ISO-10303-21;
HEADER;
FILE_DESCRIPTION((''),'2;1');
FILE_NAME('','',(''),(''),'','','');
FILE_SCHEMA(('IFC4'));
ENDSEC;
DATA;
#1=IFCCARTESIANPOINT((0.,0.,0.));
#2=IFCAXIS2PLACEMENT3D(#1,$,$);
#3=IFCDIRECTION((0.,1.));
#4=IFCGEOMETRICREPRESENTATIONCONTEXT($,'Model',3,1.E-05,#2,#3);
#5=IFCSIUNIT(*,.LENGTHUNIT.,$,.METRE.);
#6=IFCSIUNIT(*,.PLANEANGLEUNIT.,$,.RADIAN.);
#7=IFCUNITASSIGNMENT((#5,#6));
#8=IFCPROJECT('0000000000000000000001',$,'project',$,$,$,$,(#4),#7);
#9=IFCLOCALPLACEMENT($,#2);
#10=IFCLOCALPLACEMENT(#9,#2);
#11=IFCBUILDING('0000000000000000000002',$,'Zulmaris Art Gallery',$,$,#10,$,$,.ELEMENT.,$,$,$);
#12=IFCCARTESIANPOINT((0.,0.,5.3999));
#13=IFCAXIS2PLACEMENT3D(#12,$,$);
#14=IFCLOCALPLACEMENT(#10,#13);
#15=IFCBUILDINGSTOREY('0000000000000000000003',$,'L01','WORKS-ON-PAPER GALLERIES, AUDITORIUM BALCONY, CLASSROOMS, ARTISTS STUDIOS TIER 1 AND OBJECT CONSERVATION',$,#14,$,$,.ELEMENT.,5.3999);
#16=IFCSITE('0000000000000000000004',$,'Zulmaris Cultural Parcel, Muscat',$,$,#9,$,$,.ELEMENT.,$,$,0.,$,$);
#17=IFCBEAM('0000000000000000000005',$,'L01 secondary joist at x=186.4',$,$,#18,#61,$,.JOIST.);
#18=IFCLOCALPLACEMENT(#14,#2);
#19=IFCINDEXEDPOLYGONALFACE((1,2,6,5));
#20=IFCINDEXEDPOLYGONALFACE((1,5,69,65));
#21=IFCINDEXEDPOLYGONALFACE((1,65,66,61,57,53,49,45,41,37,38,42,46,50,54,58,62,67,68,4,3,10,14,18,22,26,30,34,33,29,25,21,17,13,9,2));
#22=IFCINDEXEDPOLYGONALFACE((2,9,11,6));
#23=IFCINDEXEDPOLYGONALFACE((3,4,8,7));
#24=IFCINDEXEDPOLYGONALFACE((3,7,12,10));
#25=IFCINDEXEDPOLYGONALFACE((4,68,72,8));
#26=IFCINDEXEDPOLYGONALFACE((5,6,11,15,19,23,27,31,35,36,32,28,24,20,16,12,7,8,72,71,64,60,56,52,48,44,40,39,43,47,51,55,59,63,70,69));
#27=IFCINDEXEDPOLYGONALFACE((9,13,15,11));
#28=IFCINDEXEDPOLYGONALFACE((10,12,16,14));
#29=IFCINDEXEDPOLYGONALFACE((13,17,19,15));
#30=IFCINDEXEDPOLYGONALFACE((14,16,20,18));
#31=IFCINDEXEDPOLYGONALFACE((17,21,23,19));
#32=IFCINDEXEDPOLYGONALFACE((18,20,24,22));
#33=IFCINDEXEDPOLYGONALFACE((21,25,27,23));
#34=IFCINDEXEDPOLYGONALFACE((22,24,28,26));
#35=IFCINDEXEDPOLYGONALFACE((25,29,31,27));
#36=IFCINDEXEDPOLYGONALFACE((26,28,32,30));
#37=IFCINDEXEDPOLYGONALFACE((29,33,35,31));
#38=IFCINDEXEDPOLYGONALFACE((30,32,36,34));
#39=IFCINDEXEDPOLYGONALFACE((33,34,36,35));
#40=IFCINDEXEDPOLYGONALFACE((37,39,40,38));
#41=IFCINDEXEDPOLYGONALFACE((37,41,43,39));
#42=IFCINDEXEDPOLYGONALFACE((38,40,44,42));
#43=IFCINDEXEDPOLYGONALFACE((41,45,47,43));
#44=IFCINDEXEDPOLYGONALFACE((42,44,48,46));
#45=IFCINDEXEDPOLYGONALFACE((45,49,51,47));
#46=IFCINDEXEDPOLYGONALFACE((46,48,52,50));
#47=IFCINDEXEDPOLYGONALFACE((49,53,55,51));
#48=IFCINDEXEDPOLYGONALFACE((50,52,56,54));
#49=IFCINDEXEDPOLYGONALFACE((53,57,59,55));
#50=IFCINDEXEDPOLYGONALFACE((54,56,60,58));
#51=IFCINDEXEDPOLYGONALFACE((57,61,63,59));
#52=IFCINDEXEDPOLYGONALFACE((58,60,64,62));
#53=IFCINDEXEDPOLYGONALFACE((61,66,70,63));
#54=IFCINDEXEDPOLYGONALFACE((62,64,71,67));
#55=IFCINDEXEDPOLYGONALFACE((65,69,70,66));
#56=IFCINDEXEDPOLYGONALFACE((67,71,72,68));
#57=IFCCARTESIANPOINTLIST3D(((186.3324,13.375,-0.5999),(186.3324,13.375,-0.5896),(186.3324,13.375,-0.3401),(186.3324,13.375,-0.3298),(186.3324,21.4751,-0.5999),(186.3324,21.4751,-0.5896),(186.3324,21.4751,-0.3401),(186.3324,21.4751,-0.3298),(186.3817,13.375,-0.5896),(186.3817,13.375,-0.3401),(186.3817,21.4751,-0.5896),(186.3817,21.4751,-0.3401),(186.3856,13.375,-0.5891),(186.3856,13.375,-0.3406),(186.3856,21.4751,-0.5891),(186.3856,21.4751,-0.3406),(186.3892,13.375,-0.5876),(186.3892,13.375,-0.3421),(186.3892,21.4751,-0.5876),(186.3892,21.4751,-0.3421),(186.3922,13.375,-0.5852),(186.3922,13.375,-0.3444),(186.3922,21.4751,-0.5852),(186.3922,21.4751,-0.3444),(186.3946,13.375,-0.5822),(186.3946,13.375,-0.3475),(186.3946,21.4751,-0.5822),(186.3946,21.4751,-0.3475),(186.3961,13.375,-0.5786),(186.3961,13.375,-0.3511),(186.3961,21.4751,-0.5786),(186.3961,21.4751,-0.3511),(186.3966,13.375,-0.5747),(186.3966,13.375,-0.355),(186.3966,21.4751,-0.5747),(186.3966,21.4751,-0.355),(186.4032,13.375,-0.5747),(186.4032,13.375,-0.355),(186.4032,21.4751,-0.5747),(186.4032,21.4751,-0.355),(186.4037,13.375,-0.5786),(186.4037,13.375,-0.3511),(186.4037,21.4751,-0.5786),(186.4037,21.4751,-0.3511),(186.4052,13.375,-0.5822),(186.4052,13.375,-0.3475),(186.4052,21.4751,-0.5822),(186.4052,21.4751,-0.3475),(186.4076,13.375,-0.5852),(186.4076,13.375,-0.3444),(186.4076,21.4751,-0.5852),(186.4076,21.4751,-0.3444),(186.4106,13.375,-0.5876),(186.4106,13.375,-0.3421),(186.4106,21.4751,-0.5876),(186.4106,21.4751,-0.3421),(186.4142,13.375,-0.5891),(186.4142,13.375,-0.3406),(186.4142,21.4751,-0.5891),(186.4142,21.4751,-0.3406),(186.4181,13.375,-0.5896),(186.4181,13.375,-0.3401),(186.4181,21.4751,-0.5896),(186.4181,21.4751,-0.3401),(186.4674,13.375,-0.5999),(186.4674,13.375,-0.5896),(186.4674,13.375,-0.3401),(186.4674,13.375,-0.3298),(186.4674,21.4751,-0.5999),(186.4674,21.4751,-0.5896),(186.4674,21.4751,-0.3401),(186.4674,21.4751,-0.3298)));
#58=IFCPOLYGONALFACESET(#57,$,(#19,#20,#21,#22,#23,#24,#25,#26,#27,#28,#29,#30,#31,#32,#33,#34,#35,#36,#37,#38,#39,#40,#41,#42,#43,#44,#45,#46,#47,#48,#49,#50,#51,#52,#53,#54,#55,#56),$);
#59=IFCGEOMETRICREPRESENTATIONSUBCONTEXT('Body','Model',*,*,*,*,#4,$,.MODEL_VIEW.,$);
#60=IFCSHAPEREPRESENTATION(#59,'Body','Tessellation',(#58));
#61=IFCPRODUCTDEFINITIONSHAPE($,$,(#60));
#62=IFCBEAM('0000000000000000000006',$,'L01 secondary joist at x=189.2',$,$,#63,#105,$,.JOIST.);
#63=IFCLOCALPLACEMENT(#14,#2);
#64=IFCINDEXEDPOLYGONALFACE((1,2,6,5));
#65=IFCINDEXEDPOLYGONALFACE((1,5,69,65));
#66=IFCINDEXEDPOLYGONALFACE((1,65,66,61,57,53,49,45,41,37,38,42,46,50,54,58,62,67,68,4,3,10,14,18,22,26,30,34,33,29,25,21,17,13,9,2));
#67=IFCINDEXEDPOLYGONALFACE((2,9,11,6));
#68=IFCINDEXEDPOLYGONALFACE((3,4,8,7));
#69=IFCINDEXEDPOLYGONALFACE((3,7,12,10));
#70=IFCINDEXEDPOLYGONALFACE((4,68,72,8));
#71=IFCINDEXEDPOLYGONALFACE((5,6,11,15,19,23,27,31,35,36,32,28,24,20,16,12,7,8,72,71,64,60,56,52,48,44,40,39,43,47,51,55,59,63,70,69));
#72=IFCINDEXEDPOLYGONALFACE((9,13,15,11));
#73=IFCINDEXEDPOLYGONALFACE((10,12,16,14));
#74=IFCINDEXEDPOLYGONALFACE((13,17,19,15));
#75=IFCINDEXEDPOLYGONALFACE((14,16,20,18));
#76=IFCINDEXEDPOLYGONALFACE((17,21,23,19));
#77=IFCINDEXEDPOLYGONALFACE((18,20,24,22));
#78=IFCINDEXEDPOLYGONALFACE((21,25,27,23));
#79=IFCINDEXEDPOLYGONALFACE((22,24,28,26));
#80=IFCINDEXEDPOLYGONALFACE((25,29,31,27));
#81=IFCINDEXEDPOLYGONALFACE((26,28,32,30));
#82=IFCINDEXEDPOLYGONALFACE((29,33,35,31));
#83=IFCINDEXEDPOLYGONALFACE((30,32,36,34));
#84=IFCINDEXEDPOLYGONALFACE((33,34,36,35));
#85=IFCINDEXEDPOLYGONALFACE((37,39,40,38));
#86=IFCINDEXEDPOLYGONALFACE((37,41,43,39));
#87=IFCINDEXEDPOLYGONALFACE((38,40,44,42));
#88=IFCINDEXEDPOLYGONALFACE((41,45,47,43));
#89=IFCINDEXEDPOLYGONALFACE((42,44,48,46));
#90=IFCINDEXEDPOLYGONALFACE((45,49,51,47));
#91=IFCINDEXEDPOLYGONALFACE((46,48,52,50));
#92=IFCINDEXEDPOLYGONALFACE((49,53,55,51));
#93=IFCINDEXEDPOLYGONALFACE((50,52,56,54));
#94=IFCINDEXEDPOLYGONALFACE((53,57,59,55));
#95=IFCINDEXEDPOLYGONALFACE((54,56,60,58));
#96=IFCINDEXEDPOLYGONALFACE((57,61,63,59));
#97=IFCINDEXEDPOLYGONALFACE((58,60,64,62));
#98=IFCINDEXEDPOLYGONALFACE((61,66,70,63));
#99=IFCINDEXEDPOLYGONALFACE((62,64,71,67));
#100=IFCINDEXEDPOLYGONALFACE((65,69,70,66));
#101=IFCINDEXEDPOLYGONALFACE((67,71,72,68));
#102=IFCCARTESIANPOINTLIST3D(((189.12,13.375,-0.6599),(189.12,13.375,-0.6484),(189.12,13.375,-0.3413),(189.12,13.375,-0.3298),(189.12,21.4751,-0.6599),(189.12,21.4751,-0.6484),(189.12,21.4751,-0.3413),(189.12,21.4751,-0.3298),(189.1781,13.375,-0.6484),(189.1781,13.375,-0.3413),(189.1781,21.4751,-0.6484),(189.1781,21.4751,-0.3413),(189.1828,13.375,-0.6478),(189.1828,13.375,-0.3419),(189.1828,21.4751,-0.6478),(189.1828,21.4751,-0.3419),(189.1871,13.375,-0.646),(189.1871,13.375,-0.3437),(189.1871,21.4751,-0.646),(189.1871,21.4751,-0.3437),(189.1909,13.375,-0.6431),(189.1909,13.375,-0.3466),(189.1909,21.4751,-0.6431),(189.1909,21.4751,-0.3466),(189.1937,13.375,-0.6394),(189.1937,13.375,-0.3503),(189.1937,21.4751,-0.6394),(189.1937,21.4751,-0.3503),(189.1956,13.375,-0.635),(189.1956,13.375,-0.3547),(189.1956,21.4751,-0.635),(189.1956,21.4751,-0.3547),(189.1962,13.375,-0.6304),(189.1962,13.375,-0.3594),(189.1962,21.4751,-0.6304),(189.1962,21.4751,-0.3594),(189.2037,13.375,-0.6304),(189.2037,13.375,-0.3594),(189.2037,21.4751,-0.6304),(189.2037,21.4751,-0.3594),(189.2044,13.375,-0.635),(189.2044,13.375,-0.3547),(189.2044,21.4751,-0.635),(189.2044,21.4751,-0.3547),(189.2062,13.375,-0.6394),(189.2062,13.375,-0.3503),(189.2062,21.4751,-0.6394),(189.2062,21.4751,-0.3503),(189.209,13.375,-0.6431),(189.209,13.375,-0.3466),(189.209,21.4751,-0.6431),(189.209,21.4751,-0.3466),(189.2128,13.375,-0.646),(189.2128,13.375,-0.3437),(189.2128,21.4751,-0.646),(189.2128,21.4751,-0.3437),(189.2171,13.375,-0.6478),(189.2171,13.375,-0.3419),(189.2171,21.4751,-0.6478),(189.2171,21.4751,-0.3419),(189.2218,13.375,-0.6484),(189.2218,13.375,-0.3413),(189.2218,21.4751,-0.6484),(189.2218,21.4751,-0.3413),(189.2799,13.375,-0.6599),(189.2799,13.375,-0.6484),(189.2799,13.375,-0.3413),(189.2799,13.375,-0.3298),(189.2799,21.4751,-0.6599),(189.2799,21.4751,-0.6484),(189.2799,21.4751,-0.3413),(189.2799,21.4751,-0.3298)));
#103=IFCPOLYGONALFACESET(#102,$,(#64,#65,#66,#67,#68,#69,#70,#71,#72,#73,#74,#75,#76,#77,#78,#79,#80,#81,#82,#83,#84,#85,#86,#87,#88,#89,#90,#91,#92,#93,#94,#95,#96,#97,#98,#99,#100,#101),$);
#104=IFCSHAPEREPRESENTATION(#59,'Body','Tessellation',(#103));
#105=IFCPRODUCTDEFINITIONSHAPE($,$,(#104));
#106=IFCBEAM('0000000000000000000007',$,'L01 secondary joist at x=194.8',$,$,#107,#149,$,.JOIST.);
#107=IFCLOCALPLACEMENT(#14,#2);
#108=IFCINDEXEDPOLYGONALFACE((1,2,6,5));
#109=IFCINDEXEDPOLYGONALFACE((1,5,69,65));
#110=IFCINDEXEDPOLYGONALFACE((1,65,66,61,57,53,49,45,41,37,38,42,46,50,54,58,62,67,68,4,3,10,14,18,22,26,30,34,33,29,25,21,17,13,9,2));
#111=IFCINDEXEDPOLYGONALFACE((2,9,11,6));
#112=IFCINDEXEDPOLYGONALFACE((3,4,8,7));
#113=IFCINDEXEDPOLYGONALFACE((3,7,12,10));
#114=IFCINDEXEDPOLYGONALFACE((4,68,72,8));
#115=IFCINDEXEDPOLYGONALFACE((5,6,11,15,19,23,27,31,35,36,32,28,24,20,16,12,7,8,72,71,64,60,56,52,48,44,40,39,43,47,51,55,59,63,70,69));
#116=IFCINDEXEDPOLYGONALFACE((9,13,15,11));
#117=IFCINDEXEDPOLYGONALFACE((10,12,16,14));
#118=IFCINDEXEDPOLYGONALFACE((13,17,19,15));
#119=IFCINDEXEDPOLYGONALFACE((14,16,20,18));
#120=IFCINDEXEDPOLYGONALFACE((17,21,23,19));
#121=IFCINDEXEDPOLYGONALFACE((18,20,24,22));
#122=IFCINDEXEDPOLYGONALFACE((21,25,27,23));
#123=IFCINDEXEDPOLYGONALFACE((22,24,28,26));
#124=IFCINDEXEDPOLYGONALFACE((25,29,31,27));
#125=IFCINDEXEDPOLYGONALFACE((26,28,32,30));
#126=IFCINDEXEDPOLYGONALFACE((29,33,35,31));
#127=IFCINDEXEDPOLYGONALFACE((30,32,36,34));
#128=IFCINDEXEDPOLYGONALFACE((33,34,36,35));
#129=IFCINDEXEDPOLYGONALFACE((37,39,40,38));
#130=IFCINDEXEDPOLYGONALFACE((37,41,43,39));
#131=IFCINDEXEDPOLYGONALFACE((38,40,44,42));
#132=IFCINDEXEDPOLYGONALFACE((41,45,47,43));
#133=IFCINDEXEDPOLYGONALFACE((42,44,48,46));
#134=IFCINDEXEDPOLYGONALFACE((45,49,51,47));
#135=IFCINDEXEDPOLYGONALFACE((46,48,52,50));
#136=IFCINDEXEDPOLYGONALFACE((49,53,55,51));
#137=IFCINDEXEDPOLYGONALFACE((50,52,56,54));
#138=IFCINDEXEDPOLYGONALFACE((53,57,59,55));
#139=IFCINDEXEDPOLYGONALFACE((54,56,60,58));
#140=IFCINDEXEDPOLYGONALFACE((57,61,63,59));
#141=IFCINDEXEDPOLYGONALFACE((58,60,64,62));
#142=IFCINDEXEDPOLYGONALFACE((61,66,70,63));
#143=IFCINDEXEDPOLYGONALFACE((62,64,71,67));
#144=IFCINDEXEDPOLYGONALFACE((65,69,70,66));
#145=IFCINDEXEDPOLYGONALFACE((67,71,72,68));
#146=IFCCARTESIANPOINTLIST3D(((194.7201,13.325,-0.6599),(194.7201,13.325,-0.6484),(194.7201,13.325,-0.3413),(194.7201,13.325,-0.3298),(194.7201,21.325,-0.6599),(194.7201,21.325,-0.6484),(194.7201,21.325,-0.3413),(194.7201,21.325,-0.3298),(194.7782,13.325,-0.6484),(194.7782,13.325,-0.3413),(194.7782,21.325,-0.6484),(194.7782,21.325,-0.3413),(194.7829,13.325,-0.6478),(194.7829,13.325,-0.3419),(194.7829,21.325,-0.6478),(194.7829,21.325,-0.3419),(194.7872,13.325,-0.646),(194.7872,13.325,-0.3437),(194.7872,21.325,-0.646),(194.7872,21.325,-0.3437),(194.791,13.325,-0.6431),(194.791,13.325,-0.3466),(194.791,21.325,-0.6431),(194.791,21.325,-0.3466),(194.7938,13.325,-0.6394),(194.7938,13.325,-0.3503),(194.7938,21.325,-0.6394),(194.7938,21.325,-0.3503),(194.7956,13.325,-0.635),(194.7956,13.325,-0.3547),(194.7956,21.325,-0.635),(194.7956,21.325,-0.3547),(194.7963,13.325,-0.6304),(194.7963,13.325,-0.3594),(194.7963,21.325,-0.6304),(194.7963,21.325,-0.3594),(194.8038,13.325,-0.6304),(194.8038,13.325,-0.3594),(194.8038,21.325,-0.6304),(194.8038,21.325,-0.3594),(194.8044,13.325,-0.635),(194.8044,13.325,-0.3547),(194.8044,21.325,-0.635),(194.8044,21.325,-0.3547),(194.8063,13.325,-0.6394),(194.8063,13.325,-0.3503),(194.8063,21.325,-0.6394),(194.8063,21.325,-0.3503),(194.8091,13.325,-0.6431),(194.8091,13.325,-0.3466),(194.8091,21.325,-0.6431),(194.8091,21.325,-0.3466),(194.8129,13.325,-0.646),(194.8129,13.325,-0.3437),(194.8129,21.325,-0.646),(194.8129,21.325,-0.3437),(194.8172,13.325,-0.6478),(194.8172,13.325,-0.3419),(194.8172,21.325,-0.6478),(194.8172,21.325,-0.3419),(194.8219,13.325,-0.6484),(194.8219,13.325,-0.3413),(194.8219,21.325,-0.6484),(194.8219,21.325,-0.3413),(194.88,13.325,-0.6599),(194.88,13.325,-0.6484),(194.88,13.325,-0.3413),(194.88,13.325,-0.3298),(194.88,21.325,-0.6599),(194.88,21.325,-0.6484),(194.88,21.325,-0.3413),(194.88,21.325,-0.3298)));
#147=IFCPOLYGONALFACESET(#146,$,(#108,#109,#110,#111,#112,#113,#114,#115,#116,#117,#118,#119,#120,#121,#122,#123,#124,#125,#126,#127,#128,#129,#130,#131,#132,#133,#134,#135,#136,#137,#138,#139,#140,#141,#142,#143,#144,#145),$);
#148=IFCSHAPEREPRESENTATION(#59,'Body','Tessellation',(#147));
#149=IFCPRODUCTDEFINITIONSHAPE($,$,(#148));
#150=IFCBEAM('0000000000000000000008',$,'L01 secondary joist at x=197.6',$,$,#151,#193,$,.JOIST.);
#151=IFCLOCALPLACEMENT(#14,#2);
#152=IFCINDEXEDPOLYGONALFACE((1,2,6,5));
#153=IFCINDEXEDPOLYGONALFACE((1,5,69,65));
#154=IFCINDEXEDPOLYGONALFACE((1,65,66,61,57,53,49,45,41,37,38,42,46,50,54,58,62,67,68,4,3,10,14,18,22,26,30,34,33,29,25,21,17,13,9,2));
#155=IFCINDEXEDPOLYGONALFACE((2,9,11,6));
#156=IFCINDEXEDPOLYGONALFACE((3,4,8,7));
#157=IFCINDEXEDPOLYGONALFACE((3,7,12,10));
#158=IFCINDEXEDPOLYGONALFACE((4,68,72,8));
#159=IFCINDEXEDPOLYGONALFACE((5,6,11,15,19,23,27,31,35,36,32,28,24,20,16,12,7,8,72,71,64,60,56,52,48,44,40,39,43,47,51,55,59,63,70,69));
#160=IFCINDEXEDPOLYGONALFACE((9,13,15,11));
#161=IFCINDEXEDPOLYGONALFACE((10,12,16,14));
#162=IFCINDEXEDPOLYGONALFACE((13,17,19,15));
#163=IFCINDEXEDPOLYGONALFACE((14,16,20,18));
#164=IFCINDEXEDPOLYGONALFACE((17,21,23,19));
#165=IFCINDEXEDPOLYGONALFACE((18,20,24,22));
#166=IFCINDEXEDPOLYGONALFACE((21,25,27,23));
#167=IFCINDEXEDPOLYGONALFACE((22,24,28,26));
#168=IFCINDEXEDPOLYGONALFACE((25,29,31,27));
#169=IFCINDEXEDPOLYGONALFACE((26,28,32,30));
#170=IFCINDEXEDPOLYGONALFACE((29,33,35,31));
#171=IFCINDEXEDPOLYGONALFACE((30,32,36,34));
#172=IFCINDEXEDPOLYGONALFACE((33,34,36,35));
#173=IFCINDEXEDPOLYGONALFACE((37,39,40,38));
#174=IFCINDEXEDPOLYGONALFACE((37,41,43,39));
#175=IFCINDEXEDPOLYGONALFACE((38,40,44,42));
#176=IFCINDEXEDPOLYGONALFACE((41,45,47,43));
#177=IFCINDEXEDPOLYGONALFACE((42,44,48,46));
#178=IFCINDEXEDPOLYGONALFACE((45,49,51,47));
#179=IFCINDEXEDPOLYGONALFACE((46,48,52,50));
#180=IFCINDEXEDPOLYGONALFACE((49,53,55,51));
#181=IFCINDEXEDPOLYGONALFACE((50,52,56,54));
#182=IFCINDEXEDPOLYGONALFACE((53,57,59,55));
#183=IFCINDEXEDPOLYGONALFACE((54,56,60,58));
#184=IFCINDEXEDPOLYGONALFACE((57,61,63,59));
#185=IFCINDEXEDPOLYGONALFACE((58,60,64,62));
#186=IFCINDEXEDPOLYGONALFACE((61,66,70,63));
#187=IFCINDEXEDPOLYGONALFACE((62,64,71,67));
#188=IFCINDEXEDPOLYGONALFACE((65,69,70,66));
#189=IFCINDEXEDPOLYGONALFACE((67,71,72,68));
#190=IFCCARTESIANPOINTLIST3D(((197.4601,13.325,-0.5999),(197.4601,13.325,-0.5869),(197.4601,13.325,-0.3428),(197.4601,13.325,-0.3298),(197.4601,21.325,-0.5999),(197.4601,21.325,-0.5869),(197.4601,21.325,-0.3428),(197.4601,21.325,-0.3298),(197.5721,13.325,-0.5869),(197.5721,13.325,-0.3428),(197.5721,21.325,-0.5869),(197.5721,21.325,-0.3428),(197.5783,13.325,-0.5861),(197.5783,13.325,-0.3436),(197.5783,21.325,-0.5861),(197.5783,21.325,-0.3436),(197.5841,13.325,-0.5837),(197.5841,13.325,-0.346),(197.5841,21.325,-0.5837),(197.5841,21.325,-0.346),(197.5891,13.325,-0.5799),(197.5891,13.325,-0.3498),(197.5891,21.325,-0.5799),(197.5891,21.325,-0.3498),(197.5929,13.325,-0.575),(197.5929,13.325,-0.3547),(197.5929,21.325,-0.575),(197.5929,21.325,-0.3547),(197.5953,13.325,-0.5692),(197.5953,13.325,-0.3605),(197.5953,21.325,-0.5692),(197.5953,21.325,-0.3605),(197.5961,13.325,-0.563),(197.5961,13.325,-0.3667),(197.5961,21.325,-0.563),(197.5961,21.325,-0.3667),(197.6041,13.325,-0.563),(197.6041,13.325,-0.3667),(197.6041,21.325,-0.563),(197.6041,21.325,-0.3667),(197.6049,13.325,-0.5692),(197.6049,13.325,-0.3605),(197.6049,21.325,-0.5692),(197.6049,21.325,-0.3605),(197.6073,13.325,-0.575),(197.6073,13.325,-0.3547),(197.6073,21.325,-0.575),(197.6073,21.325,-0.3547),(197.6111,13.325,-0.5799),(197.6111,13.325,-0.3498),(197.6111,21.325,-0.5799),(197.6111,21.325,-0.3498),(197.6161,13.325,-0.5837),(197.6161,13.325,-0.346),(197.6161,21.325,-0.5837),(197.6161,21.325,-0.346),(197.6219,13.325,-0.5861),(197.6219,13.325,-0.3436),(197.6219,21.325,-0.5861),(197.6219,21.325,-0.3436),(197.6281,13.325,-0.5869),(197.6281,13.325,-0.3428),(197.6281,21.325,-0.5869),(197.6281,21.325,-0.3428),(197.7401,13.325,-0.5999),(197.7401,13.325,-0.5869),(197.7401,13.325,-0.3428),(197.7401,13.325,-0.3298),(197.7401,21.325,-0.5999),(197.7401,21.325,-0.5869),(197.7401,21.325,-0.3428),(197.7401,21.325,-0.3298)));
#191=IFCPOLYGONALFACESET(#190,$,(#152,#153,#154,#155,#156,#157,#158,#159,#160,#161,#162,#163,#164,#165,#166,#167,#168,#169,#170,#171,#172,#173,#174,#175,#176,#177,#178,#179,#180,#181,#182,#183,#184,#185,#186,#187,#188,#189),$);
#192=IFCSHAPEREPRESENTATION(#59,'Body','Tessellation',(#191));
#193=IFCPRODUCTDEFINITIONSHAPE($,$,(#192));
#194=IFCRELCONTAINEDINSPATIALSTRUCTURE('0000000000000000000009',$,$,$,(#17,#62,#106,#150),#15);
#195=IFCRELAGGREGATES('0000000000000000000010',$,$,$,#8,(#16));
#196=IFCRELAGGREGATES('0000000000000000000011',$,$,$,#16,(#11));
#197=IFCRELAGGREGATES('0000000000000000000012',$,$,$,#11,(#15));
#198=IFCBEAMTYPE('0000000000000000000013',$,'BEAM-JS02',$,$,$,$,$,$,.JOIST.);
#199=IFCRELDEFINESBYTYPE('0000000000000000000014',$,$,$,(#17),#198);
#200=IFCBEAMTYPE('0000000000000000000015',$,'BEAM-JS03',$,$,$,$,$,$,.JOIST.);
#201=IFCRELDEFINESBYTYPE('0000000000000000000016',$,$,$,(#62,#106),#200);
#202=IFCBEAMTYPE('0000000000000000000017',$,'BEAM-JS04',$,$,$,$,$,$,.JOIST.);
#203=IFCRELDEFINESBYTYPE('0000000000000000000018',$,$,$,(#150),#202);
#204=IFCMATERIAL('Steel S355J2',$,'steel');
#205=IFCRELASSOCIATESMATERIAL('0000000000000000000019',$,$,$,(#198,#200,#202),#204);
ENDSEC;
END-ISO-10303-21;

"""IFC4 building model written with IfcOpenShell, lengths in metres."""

from ifc_helpers import new_model, si_unit, direction, frame, origin, origin_2d, place, context, subcontext, project, spatial, i_section, extrude, material, material_profile, profile_set, type_object, element, save


model = new_model("IFC4")

# Units and contexts
model_context = context("Model", 3, precision=1e-05, world=origin(), true_north=direction((0.0, 1.0)))
body_context = subcontext(model_context, "Body", "Model", "MODEL_VIEW")
ifc_project = project(units=[si_unit("LENGTHUNIT", "METRE"), si_unit("PLANEANGLEUNIT", "RADIAN")], contexts=[model_context])

# Site, building, storey
site_placement = place(None, origin())
site = spatial("IfcSite", under=ifc_project, at=site_placement, Name="Zulmaris Cultural Parcel, Muscat", CompositionType="ELEMENT", RefElevation=0.0)
building_placement = place(site_placement, origin())
building = spatial("IfcBuilding", under=site, at=building_placement, Name="Zulmaris Art Gallery", CompositionType="ELEMENT")
storey_placement = place(building_placement, frame((0.0, 0.0, 5.3999)))
storey = spatial("IfcBuildingStorey", under=building, at=storey_placement, Name="L01", Description="WORKS-ON-PAPER GALLERIES, AUDITORIUM BALCONY, CLASSROOMS, ARTISTS STUDIOS TIER 1 AND OBJECT CONSERVATION", CompositionType="ELEMENT", Elevation=5.3999)

# Beams
ifc_material_1 = material(Name="Steel S355J2", Category="steel")
ifc_material_profile_1 = material_profile(ifc_material_1, i_section(OverallWidth=0.135, OverallDepth=0.27, WebThickness=0.0066, FlangeThickness=0.0103, FilletRadius=0.0149, at=origin_2d()), Name="IPE 270")
ifc_profile_set_1 = profile_set([ifc_material_profile_1], Name="Steel S355J2")
beam_type_1 = type_object("IfcBeamType", Name="BEAM-JS02", PredefinedType="JOIST", material=ifc_profile_set_1)
beam_1_placement = place(storey_placement, frame((186.3999, 13.375, -0.4648), z_axis=(0.0, 1.0, 0.0), x_axis=(-1.0, 0.0, 0.0)))
element("IfcBeam", 1, at=beam_1_placement, inside=storey, type_object=beam_type_1, Name="L01 secondary joist at x=186.4", PredefinedType="JOIST", context=body_context, shape_type="SweptSolid", body=[
    extrude(i_section(OverallWidth=0.135, OverallDepth=0.27, WebThickness=0.0066, FlangeThickness=0.0103, FilletRadius=0.0149, at=origin_2d()), origin(), (0.0, 0.0, 1.0), 8.1001),
])
ifc_material_profile_2 = material_profile(ifc_material_1, i_section(OverallWidth=0.1599, OverallDepth=0.3301, WebThickness=0.0076, FlangeThickness=0.0115, FilletRadius=0.0181, at=origin_2d()), Name="IPE 330")
ifc_profile_set_2 = profile_set([ifc_material_profile_2], Name="Steel S355J2")
beam_type_2 = type_object("IfcBeamType", Name="BEAM-JS03", PredefinedType="JOIST", material=ifc_profile_set_2)
beam_2_placement = place(storey_placement, frame((189.2, 13.375, -0.4949), z_axis=(0.0, 1.0, 0.0), x_axis=(-1.0, 0.0, 0.0)))
element("IfcBeam", 2, at=beam_2_placement, inside=storey, type_object=beam_type_2, Name="L01 secondary joist at x=189.2", PredefinedType="JOIST", context=body_context, shape_type="SweptSolid", body=[
    extrude(i_section(OverallWidth=0.1599, OverallDepth=0.3301, WebThickness=0.0076, FlangeThickness=0.0115, FilletRadius=0.0181, at=origin_2d()), origin(), (0.0, 0.0, 1.0), 8.1001),
])
beam_3_placement = place(storey_placement, frame((194.8, 13.325, -0.4949), z_axis=(0.0, 1.0, 0.0), x_axis=(-1.0, 0.0, 0.0)))
element("IfcBeam", 3, at=beam_3_placement, inside=storey, type_object=beam_type_2, Name="L01 secondary joist at x=194.8", PredefinedType="JOIST", context=body_context, shape_type="SweptSolid", body=[
    extrude(i_section(OverallWidth=0.1599, OverallDepth=0.3301, WebThickness=0.0076, FlangeThickness=0.0115, FilletRadius=0.0181, at=origin_2d()), origin(), (0.0, 0.0, 1.0), 8.0),
])
ifc_material_profile_3 = material_profile(ifc_material_1, i_section(OverallWidth=0.28, OverallDepth=0.27, WebThickness=0.0081, FlangeThickness=0.0129, FilletRadius=0.0239, at=origin_2d()), Name="HEA 280")
ifc_profile_set_3 = profile_set([ifc_material_profile_3], Name="Steel S355J2")
beam_type_3 = type_object("IfcBeamType", Name="BEAM-JS04", PredefinedType="JOIST", material=ifc_profile_set_3)
beam_4_placement = place(storey_placement, frame((197.6001, 13.325, -0.4648), z_axis=(0.0, 1.0, 0.0), x_axis=(-1.0, 0.0, 0.0)))
element("IfcBeam", 4, at=beam_4_placement, inside=storey, type_object=beam_type_3, Name="L01 secondary joist at x=197.6", PredefinedType="JOIST", context=body_context, shape_type="SweptSolid", body=[
    extrude(i_section(OverallWidth=0.28, OverallDepth=0.27, WebThickness=0.0081, FlangeThickness=0.0129, FilletRadius=0.0239, at=origin_2d()), origin(), (0.0, 0.0, 1.0), 8.0),
])

save(model, "model.ifc")
